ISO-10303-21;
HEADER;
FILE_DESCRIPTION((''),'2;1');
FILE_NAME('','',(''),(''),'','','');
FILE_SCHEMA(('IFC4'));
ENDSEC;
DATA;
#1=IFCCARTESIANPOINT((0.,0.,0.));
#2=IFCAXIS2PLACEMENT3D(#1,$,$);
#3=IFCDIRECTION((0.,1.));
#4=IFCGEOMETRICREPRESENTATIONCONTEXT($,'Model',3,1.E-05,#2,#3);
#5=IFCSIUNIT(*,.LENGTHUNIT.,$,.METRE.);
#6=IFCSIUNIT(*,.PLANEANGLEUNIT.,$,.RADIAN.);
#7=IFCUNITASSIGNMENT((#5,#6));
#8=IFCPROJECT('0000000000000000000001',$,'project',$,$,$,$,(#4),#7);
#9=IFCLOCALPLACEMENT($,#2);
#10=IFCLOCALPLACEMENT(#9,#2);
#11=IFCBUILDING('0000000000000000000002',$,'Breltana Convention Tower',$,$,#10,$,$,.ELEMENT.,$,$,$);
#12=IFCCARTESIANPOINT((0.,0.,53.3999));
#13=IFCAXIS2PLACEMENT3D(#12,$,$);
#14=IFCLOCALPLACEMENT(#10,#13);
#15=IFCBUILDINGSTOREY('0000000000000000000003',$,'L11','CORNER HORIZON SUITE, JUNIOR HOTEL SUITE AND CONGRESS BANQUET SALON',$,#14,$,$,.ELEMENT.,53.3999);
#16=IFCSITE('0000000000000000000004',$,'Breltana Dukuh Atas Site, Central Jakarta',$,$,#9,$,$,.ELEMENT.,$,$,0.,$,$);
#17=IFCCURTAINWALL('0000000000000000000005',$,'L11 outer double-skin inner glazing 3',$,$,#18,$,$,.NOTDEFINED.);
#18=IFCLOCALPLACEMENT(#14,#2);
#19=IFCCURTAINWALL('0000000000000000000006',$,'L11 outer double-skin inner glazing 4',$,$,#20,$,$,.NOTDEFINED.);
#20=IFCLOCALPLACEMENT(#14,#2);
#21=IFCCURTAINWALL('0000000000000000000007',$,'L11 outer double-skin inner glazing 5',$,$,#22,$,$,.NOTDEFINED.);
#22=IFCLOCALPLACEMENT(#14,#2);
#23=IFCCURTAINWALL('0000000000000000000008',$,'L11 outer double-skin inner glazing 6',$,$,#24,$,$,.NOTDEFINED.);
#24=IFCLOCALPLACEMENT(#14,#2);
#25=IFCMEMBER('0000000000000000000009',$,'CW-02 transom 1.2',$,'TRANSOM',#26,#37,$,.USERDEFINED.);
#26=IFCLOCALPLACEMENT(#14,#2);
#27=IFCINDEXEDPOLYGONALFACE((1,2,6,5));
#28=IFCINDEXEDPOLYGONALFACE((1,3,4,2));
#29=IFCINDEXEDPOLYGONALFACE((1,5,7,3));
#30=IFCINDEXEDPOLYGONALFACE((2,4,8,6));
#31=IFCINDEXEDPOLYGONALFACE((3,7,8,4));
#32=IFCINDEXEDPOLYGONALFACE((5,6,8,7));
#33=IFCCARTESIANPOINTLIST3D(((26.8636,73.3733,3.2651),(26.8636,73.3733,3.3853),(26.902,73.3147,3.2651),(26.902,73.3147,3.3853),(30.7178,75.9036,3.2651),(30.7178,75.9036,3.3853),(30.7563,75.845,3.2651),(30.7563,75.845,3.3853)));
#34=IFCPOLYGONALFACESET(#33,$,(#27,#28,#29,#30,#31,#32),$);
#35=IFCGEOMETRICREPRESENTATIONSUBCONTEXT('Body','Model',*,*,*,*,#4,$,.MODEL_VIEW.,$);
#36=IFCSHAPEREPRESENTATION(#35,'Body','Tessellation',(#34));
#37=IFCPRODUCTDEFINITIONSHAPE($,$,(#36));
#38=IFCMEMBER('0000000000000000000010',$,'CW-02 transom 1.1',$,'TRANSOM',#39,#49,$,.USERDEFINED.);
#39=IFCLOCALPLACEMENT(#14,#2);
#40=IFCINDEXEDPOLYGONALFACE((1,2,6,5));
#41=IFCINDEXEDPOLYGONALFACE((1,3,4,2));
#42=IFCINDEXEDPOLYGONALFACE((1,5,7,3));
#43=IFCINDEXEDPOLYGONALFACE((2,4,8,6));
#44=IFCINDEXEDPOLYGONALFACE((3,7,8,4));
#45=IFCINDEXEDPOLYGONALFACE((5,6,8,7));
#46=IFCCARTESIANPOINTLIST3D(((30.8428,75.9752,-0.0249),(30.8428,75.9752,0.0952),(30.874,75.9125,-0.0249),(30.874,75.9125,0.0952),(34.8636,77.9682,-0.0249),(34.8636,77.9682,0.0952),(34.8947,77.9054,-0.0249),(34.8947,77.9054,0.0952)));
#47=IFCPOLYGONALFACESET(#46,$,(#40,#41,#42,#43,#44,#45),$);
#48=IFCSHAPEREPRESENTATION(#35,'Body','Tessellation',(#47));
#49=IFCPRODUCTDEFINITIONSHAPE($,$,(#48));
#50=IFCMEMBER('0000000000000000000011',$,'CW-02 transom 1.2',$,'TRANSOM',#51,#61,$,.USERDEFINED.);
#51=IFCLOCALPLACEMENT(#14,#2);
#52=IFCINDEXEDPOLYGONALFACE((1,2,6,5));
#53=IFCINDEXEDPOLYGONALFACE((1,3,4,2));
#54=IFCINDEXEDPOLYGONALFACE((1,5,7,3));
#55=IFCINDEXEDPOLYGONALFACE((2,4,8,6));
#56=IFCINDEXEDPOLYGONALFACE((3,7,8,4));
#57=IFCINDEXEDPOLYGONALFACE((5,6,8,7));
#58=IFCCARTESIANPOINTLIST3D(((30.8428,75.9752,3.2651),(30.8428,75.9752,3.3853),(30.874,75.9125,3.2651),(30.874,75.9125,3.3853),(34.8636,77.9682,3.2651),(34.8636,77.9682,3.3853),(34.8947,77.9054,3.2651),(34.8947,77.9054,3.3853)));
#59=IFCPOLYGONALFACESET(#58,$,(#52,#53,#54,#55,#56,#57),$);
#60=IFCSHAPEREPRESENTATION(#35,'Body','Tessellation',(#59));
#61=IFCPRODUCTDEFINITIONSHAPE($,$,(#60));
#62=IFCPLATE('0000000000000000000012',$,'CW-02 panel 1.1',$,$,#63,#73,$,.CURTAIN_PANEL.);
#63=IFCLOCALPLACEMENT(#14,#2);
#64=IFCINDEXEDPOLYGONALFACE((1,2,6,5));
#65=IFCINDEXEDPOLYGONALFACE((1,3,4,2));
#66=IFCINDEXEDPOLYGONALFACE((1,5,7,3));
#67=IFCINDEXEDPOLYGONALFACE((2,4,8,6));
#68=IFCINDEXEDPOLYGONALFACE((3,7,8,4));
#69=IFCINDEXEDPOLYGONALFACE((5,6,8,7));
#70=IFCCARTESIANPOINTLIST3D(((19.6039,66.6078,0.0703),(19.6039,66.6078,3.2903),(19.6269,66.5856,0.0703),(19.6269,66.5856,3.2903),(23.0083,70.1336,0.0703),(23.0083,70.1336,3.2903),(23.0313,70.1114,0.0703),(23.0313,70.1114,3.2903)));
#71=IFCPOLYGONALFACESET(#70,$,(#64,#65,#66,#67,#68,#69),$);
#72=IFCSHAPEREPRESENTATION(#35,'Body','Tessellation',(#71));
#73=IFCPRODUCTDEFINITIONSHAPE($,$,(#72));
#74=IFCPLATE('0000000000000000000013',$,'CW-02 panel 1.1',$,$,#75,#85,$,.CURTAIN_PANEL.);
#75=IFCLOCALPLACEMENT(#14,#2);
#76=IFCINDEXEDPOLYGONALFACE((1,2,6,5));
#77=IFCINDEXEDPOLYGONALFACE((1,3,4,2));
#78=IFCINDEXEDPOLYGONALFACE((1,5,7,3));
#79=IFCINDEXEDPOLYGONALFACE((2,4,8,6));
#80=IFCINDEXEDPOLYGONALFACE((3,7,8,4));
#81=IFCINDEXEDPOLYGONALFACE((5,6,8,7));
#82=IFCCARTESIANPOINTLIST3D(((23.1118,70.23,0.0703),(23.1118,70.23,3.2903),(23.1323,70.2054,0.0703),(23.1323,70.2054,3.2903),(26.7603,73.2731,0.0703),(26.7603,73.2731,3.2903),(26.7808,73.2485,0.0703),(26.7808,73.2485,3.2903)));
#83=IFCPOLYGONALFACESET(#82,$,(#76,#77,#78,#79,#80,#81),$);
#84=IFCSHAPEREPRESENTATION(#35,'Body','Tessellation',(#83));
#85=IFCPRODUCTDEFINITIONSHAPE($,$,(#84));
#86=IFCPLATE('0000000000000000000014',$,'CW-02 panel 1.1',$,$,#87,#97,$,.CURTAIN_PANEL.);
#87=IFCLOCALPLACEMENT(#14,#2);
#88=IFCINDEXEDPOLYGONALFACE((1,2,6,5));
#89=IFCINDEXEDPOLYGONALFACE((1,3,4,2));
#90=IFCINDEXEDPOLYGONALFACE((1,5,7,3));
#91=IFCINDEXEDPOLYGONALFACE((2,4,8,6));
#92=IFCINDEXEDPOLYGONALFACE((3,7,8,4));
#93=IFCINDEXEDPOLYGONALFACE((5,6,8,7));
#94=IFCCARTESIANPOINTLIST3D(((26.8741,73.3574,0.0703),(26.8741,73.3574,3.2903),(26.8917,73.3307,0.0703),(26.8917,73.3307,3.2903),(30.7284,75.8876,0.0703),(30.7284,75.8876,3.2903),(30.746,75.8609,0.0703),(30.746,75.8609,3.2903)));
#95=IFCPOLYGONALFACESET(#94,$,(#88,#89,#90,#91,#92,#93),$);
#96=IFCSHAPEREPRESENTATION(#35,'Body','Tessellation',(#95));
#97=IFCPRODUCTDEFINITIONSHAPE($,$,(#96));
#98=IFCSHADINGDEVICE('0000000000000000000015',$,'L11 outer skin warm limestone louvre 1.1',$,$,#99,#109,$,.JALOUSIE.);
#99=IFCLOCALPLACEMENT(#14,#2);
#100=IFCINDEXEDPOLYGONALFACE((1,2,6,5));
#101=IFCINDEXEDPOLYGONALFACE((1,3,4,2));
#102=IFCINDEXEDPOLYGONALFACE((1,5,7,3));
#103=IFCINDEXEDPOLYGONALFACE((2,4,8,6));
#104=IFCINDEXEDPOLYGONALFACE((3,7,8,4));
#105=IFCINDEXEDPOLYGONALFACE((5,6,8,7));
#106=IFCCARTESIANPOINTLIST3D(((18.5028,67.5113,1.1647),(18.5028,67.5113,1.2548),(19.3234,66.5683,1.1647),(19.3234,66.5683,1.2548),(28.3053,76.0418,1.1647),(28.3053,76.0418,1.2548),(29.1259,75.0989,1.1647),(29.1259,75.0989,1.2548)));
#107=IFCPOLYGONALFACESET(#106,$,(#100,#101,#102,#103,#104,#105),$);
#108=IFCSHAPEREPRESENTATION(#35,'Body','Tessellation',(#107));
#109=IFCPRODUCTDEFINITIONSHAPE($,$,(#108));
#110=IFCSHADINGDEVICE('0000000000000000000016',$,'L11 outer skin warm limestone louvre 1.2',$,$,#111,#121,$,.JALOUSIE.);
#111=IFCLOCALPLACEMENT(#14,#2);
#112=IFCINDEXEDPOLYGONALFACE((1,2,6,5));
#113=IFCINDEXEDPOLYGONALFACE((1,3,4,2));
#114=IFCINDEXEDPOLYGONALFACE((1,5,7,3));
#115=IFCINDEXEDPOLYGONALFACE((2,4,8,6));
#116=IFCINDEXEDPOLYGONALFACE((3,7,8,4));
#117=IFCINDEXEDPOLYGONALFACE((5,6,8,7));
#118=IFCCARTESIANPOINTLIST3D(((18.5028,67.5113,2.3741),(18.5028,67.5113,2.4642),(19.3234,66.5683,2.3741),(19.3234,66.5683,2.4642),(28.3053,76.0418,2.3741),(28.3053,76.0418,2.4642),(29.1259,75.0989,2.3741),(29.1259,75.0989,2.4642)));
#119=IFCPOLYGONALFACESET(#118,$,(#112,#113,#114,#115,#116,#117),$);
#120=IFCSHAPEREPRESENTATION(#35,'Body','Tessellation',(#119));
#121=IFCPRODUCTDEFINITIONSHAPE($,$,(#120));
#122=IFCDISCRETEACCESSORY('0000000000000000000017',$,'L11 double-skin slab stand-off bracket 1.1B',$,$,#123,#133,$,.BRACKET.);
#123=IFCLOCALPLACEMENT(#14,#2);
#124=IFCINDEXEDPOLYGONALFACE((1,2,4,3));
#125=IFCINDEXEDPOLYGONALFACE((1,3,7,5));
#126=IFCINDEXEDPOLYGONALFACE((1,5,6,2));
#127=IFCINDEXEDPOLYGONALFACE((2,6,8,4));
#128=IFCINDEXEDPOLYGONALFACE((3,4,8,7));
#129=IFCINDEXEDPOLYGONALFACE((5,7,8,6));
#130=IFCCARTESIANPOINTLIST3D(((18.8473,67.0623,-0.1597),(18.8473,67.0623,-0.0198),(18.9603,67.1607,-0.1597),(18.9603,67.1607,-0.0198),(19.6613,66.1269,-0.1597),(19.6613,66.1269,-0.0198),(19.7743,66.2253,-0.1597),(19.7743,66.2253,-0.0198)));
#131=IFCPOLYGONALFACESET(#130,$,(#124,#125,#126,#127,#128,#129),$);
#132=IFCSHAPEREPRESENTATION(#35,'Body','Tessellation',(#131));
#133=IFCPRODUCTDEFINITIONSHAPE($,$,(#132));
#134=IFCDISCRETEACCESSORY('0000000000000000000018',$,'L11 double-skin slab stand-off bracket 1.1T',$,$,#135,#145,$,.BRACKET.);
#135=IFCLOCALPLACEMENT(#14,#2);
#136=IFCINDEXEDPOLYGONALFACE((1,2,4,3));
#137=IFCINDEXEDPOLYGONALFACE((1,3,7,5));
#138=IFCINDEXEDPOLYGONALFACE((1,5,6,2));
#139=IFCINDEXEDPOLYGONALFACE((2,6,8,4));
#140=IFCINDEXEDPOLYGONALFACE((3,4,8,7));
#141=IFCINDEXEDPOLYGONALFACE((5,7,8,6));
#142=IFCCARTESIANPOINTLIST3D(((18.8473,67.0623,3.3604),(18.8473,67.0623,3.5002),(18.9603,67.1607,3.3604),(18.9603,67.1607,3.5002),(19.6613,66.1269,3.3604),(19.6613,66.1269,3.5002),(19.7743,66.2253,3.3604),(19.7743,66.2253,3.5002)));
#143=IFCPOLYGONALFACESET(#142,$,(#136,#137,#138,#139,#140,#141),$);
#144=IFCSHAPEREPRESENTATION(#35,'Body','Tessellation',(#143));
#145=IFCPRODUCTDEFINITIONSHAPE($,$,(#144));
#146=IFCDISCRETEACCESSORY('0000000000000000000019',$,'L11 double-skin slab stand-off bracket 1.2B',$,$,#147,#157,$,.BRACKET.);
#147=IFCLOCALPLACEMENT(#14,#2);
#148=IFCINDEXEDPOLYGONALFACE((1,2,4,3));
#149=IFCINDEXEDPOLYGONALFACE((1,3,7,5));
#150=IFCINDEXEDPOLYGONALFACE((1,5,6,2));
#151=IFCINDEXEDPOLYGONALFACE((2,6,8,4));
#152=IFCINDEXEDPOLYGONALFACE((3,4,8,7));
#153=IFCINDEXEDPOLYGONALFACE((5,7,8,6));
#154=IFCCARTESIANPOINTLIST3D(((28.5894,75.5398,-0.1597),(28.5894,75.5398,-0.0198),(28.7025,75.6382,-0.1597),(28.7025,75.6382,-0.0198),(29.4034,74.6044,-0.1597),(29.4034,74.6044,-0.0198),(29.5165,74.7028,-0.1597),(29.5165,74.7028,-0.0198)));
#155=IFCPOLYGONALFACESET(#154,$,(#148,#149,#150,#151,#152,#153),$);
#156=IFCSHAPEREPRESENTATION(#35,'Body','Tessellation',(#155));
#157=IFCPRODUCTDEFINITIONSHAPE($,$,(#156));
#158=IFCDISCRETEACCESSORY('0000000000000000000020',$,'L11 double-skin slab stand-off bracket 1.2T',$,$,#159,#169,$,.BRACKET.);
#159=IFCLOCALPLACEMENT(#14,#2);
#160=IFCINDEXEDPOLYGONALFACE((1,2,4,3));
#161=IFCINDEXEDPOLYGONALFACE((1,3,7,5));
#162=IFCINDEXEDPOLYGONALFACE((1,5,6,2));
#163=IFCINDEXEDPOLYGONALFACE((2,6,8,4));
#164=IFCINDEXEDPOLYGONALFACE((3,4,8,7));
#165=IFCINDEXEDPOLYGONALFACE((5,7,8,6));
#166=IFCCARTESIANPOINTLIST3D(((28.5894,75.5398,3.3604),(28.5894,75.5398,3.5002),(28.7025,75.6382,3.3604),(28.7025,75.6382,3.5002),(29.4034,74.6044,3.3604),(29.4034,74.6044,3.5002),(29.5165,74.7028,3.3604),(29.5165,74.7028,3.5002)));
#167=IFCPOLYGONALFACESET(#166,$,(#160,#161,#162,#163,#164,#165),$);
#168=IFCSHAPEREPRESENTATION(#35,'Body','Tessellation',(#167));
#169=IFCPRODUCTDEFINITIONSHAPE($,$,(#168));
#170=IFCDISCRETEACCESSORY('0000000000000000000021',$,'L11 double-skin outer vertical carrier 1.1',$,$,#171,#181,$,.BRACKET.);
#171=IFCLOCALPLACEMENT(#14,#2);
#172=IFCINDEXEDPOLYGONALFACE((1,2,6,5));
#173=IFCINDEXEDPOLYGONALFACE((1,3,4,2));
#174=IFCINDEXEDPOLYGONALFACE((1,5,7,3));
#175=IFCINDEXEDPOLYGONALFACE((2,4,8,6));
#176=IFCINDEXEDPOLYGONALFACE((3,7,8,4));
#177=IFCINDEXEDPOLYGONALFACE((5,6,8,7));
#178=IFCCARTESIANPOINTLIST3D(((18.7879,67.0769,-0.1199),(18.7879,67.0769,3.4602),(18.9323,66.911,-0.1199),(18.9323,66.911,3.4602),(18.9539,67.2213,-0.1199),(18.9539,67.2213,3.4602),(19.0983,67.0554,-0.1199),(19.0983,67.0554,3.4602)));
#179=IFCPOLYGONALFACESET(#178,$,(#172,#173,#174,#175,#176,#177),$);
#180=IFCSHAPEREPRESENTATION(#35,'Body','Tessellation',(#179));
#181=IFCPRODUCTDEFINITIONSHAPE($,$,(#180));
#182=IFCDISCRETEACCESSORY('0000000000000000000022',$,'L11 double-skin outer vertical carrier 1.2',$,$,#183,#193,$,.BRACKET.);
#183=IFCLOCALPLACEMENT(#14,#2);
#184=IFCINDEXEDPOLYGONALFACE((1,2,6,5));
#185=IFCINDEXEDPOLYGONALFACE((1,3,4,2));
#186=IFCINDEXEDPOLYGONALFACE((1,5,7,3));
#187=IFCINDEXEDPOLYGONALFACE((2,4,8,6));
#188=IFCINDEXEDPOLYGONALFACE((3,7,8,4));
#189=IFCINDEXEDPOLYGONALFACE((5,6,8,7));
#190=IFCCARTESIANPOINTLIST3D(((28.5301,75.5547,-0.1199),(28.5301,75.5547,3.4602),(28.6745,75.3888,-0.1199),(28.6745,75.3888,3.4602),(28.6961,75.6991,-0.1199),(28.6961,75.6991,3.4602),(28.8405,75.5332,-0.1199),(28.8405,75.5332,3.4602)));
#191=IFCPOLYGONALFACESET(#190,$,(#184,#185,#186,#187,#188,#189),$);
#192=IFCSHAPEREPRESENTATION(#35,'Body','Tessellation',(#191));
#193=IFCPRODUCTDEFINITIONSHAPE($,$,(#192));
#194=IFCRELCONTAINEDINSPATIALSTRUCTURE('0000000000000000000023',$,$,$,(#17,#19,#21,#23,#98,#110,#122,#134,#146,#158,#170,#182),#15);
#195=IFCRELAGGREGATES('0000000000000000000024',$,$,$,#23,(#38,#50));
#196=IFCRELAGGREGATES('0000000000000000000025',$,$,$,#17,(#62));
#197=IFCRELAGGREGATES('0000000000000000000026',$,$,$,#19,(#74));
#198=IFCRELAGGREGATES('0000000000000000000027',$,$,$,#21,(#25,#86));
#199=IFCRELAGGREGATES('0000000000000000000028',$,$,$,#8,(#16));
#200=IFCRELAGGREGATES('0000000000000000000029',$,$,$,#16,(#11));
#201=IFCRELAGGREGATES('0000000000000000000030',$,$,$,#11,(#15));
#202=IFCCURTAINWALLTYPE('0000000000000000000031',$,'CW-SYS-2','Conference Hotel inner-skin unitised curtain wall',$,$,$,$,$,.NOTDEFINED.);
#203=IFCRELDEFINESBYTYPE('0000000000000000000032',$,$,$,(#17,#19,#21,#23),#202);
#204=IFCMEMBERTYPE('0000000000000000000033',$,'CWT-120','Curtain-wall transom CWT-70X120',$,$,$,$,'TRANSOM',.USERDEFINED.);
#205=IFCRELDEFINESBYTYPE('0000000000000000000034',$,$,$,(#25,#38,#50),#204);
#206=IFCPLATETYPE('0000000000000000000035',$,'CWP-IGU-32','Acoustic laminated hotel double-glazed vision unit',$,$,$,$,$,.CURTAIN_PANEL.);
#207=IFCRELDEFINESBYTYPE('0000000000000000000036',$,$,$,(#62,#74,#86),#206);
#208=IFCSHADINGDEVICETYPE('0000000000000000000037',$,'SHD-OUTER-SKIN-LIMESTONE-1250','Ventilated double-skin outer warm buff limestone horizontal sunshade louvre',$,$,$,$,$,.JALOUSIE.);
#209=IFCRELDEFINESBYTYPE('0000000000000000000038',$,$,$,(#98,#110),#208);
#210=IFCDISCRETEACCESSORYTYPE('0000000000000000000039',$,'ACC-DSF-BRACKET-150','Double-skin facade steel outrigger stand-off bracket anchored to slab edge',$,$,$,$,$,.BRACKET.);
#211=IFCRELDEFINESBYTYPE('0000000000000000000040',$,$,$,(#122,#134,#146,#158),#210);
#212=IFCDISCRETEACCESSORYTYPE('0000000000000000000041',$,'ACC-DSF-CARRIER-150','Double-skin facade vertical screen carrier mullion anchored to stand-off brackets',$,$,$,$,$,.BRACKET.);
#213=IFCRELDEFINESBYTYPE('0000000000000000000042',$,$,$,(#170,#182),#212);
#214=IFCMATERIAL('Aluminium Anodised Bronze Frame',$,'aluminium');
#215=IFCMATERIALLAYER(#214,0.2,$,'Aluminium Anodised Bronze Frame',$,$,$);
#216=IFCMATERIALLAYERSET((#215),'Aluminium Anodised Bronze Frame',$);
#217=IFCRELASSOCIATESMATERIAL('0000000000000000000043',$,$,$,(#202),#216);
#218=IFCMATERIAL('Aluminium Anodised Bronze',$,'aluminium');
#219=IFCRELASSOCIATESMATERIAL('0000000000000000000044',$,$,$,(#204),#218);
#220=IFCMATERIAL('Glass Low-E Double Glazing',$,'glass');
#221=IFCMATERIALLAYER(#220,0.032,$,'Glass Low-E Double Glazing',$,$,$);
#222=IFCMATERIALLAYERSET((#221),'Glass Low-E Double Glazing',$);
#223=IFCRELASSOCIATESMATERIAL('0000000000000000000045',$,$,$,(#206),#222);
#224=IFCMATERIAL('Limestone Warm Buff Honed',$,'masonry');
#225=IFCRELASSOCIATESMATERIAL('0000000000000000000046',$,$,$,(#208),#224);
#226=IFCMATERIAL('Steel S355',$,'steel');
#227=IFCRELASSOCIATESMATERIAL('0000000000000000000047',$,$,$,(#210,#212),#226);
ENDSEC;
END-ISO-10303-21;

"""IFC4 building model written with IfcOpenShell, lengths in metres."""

from ifc_helpers import new_model, si_unit, direction, frame, origin, origin_2d, place, context, subcontext, project, spatial, rectangle, extrude, source, transform, mapped, material, layer, layer_set, material_profile, profile_set, type_object, type_shapes, element, aggregate, save


model = new_model("IFC4")

# Units and contexts
model_context = context("Model", 3, precision=1e-05, world=origin(), true_north=direction((0.0, 1.0)))
body_context = subcontext(model_context, "Body", "Model", "MODEL_VIEW")
ifc_project = project(units=[si_unit("LENGTHUNIT", "METRE"), si_unit("PLANEANGLEUNIT", "RADIAN")], contexts=[model_context])

# Site, building, storey
site_placement = place(None, origin())
site = spatial("IfcSite", under=ifc_project, at=site_placement, Name="Breltana Dukuh Atas Site, Central Jakarta", CompositionType="ELEMENT", RefElevation=0.0)
building_placement = place(site_placement, origin())
building = spatial("IfcBuilding", under=site, at=building_placement, Name="Breltana Convention Tower", CompositionType="ELEMENT")
storey_placement = place(building_placement, frame((0.0, 0.0, 53.3999)))
storey = spatial("IfcBuildingStorey", under=building, at=storey_placement, Name="L11", Description="CORNER HORIZON SUITE, JUNIOR HOTEL SUITE AND CONGRESS BANQUET SALON", CompositionType="ELEMENT", Elevation=53.3999)

# Curtain wall
ifc_material_1 = material(Name="Aluminium Anodised Bronze Frame", Category="aluminium")
ifc_layer_1 = layer(ifc_material_1, 0.2, Name="Aluminium Anodised Bronze Frame")
ifc_layer_set_1 = layer_set([ifc_layer_1], Name="Aluminium Anodised Bronze Frame")
curtain_wall_type = type_object("IfcCurtainWallType", Name="CW-SYS-2", Description="Conference Hotel inner-skin unitised curtain wall", PredefinedType="NOTDEFINED", material=ifc_layer_set_1)
curtain_wall_1_placement = place(storey_placement, origin())
curtain_wall_1 = element("IfcCurtainWall", 1, at=curtain_wall_1_placement, inside=storey, type_object=curtain_wall_type, Name="L11 outer double-skin inner glazing 3", PredefinedType="NOTDEFINED")
ifc_material_2 = material(Name="Aluminium Anodised Bronze", Category="aluminium")

# Curtain walls
curtain_wall_2_placement = place(storey_placement, origin())
curtain_wall_2 = element("IfcCurtainWall", 2, at=curtain_wall_2_placement, inside=storey, type_object=curtain_wall_type, Name="L11 outer double-skin inner glazing 4", PredefinedType="NOTDEFINED")
curtain_wall_3_placement = place(storey_placement, origin())
curtain_wall_3 = element("IfcCurtainWall", 3, at=curtain_wall_3_placement, inside=storey, type_object=curtain_wall_type, Name="L11 outer double-skin inner glazing 5", PredefinedType="NOTDEFINED")

# Curtain wall
curtain_wall_4_placement = place(storey_placement, origin())
curtain_wall_4 = element("IfcCurtainWall", 4, at=curtain_wall_4_placement, inside=storey, type_object=curtain_wall_type, Name="L11 outer double-skin inner glazing 6", PredefinedType="NOTDEFINED")

# Members
ifc_material_profile_1 = material_profile(ifc_material_2, rectangle(XDim=0.0701, YDim=0.1201, at=origin_2d()), Name="CWT-70X120")
ifc_profile_set_1 = profile_set([ifc_material_profile_1], Name="Aluminium Anodised Bronze")
member_type_1 = type_object("IfcMemberType", Name="CWT-120", Description="Curtain-wall transom CWT-70X120", ElementType="TRANSOM", PredefinedType="USERDEFINED", material=ifc_profile_set_1)
shared_shape_1 = source(origin(), body_context, "Body", "SweptSolid", [
    extrude(rectangle(XDim=0.0701, YDim=0.1201, at=origin_2d()), origin(), (0.0, 0.0, 1.0), 4.6106),
])
member_1_placement = place(storey_placement, frame((26.8828, 73.344, 3.3252), z_axis=(0.835956, 0.548796, 0.0), x_axis=(-0.548796, 0.835956, 0.0)))
member_1 = element("IfcMember", 5, at=member_1_placement, type_object=member_type_1, Name="CW-02 transom 1.2", ObjectType="TRANSOM", PredefinedType="USERDEFINED", context=body_context, shape_type="MappedRepresentation", body=[
    mapped(shared_shape_1, transform((0.0, 0.0, 0.0), scale=1.0)),
])
shared_shape_2 = source(origin(), body_context, "Body", "SweptSolid", [
    extrude(rectangle(XDim=0.0701, YDim=0.1201, at=origin_2d()), origin(), (0.0, 0.0, 1.0), 4.4875),
])
member_2_placement = place(storey_placement, frame((30.8584, 75.9438, 0.0352), z_axis=(0.895978, 0.444099, 0.0), x_axis=(-0.444099, 0.895978, 0.0)))
member_2 = element("IfcMember", 6, at=member_2_placement, type_object=member_type_1, Name="CW-02 transom 1.1", ObjectType="TRANSOM", PredefinedType="USERDEFINED", context=body_context, shape_type="MappedRepresentation", body=[
    mapped(shared_shape_2, transform((0.0, 0.0, 0.0), scale=1.0)),
])
member_3_placement = place(storey_placement, frame((30.8584, 75.9438, 3.3252), z_axis=(0.895978, 0.444099, 0.0), x_axis=(-0.444099, 0.895978, 0.0)))
member_3 = element("IfcMember", 7, at=member_3_placement, type_object=member_type_1, Name="CW-02 transom 1.2", ObjectType="TRANSOM", PredefinedType="USERDEFINED", context=body_context, shape_type="MappedRepresentation", body=[
    mapped(shared_shape_2, transform((0.0, 0.0, 0.0), scale=1.0)),
])
aggregate(curtain_wall_4, [member_2, member_3])

# Plates
ifc_material_3 = material(Name="Glass Low-E Double Glazing", Category="glass")
ifc_layer_2 = layer(ifc_material_3, 0.032, Name="Glass Low-E Double Glazing")
ifc_layer_set_2 = layer_set([ifc_layer_2], Name="Glass Low-E Double Glazing")
plate_type = type_object("IfcPlateType", Name="CWP-IGU-32", Description="Acoustic laminated hotel double-glazed vision unit", PredefinedType="CURTAIN_PANEL", material=ifc_layer_set_2)
shared_shape_3 = source(origin(), body_context, "Body", "SweptSolid", [
    extrude(rectangle(XDim=4.9011, YDim=0.032, at=origin_2d()), origin(), (0.0, 0.0, 1.0), 3.22),
])
plate_1_placement = place(storey_placement, frame((21.3176, 68.3596, 0.0703), z_axis=(0.0, 0.0, 1.0), x_axis=(0.69461, 0.719386, 0.0)))
plate_1 = element("IfcPlate", 8, at=plate_1_placement, type_object=plate_type, Name="CW-02 panel 1.1", PredefinedType="CURTAIN_PANEL", context=body_context, shape_type="MappedRepresentation", body=[
    mapped(shared_shape_3, transform((0.0, 0.0, 0.0), scale=1.0)),
])
aggregate(curtain_wall_1, [plate_1])
shared_shape_4 = source(origin(), body_context, "Body", "SweptSolid", [
    extrude(rectangle(XDim=4.751, YDim=0.032, at=origin_2d()), origin(), (0.0, 0.0, 1.0), 3.22),
])
plate_2_placement = place(storey_placement, frame((24.9463, 71.7393, 0.0703), z_axis=(0.0, 0.0, 1.0), x_axis=(0.767941, 0.64052, 0.0)))
plate_2 = element("IfcPlate", 9, at=plate_2_placement, type_object=plate_type, Name="CW-02 panel 1.1", PredefinedType="CURTAIN_PANEL", context=body_context, shape_type="MappedRepresentation", body=[
    mapped(shared_shape_4, transform((0.0, 0.0, 0.0), scale=1.0)),
])
aggregate(curtain_wall_2, [plate_2])
shared_shape_5 = source(origin(), body_context, "Body", "SweptSolid", [
    extrude(rectangle(XDim=4.6106, YDim=0.032, at=origin_2d()), origin(), (0.0, 0.0, 1.0), 3.22),
])
plate_3_placement = place(storey_placement, frame((28.8101, 74.6091, 0.0703), z_axis=(0.0, 0.0, 1.0), x_axis=(0.835964, 0.548784, 0.0)))
plate_3 = element("IfcPlate", 10, at=plate_3_placement, type_object=plate_type, Name="CW-02 panel 1.1", PredefinedType="CURTAIN_PANEL", context=body_context, shape_type="MappedRepresentation", body=[
    mapped(shared_shape_5, transform((0.0, 0.0, 0.0), scale=1.0)),
])
aggregate(curtain_wall_3, [member_1, plate_3])

# Shading devices
ifc_material_4 = material(Name="Limestone Warm Buff Honed", Category="masonry")
ifc_material_profile_2 = material_profile(ifc_material_4, rectangle(XDim=1.25, YDim=0.0901, at=origin_2d()), Name="STN-LVR-1250X90")
ifc_profile_set_2 = profile_set([ifc_material_profile_2], Name="Limestone Warm Buff Honed")
shading_device_type = type_object("IfcShadingDeviceType", Name="SHD-OUTER-SKIN-LIMESTONE-1250", Description="Ventilated double-skin outer warm buff limestone horizontal sunshade louvre", PredefinedType="JALOUSIE", material=ifc_profile_set_2)
shared_shape_6 = source(origin(), body_context, "Body", "SweptSolid", [
    extrude(rectangle(XDim=1.25, YDim=0.0901, at=origin_2d()), origin(), (0.0, 0.0, 1.0), 12.9946),
])
type_shapes(shading_device_type, [shared_shape_6])
for number, where, z_axis, x_axis, name in (
    (11, (18.9131, 67.0398, 1.2097), (0.754353, 0.656468, 0.0), (-0.656468, 0.754353, 0.0), "L11 outer skin warm limestone louvre 1.1"),
    (12, (18.9131, 67.0398, 2.4192), (0.754353, 0.656468, 0.0), (-0.656468, 0.754353, 0.0), "L11 outer skin warm limestone louvre 1.2"),
):
    element("IfcShadingDevice", number, at=place(storey_placement, frame(where, z_axis=z_axis, x_axis=x_axis)), inside=storey, type_object=shading_device_type, Name=name, PredefinedType="JALOUSIE", context=body_context, shape_type="MappedRepresentation", body=[
        mapped(shared_shape_6, transform((0.0, 0.0, 0.0), scale=1.0)),
    ])

# Discrete accessories
ifc_material_5 = material(Name="Steel S355", Category="steel")
discrete_accessory_type_1 = type_object("IfcDiscreteAccessoryType", Name="ACC-DSF-BRACKET-150", Description="Double-skin facade steel outrigger stand-off bracket anchored to slab edge", PredefinedType="BRACKET", material=ifc_material_5)
shared_shape_7 = source(origin(), body_context, "Body", "SweptSolid", [
    extrude(rectangle(XDim=1.24, YDim=0.1499, at=origin_2d()), origin(), (0.0, 0.0, 1.0), 0.1399),
])
type_shapes(discrete_accessory_type_1, [shared_shape_7])
for number, where, z_axis, x_axis, name in (
    (13, (19.3108, 66.6438, -0.1597), (0.0, 0.0, 1.0), (-0.656457, 0.754364, 0.0), "L11 double-skin slab stand-off bracket 1.1B"),
    (14, (19.3108, 66.6438, 3.3604), (0.0, 0.0, 1.0), (-0.656457, 0.754364, 0.0), "L11 double-skin slab stand-off bracket 1.1T"),
    (15, (29.053, 75.1213, -0.1597), (0.0, 0.0, 1.0), (-0.656457, 0.754364, 0.0), "L11 double-skin slab stand-off bracket 1.2B"),
    (16, (29.053, 75.1213, 3.3604), (0.0, 0.0, 1.0), (-0.656457, 0.754364, 0.0), "L11 double-skin slab stand-off bracket 1.2T"),
):
    element("IfcDiscreteAccessory", number, at=place(storey_placement, frame(where, z_axis=z_axis, x_axis=x_axis)), inside=storey, type_object=discrete_accessory_type_1, Name=name, PredefinedType="BRACKET", context=body_context, shape_type="MappedRepresentation", body=[
        mapped(shared_shape_7, transform((0.0, 0.0, 0.0), scale=1.0)),
    ])
discrete_accessory_type_2 = type_object("IfcDiscreteAccessoryType", Name="ACC-DSF-CARRIER-150", Description="Double-skin facade vertical screen carrier mullion anchored to stand-off brackets", PredefinedType="BRACKET", material=ifc_material_5)
shared_shape_8 = source(origin(), body_context, "Body", "SweptSolid", [
    extrude(rectangle(XDim=0.22, YDim=0.22, at=origin_2d()), origin(), (0.0, 0.0, 1.0), 3.5801),
])
for number, where, z_axis, x_axis, name in (
    (17, (18.9431, 67.0662, -0.1199), (0.0, 0.0, 1.0), (-0.656457, 0.754364, 0.0), "L11 double-skin outer vertical carrier 1.1"),
    (18, (28.6853, 75.5439, -0.1199), (0.0, 0.0, 1.0), (-0.656457, 0.754364, 0.0), "L11 double-skin outer vertical carrier 1.2"),
):
    element("IfcDiscreteAccessory", number, at=place(storey_placement, frame(where, z_axis=z_axis, x_axis=x_axis)), inside=storey, type_object=discrete_accessory_type_2, Name=name, PredefinedType="BRACKET", context=body_context, shape_type="MappedRepresentation", body=[
        mapped(shared_shape_8, transform((0.0, 0.0, 0.0), scale=1.0)),
    ])

save(model, "model.ifc")
